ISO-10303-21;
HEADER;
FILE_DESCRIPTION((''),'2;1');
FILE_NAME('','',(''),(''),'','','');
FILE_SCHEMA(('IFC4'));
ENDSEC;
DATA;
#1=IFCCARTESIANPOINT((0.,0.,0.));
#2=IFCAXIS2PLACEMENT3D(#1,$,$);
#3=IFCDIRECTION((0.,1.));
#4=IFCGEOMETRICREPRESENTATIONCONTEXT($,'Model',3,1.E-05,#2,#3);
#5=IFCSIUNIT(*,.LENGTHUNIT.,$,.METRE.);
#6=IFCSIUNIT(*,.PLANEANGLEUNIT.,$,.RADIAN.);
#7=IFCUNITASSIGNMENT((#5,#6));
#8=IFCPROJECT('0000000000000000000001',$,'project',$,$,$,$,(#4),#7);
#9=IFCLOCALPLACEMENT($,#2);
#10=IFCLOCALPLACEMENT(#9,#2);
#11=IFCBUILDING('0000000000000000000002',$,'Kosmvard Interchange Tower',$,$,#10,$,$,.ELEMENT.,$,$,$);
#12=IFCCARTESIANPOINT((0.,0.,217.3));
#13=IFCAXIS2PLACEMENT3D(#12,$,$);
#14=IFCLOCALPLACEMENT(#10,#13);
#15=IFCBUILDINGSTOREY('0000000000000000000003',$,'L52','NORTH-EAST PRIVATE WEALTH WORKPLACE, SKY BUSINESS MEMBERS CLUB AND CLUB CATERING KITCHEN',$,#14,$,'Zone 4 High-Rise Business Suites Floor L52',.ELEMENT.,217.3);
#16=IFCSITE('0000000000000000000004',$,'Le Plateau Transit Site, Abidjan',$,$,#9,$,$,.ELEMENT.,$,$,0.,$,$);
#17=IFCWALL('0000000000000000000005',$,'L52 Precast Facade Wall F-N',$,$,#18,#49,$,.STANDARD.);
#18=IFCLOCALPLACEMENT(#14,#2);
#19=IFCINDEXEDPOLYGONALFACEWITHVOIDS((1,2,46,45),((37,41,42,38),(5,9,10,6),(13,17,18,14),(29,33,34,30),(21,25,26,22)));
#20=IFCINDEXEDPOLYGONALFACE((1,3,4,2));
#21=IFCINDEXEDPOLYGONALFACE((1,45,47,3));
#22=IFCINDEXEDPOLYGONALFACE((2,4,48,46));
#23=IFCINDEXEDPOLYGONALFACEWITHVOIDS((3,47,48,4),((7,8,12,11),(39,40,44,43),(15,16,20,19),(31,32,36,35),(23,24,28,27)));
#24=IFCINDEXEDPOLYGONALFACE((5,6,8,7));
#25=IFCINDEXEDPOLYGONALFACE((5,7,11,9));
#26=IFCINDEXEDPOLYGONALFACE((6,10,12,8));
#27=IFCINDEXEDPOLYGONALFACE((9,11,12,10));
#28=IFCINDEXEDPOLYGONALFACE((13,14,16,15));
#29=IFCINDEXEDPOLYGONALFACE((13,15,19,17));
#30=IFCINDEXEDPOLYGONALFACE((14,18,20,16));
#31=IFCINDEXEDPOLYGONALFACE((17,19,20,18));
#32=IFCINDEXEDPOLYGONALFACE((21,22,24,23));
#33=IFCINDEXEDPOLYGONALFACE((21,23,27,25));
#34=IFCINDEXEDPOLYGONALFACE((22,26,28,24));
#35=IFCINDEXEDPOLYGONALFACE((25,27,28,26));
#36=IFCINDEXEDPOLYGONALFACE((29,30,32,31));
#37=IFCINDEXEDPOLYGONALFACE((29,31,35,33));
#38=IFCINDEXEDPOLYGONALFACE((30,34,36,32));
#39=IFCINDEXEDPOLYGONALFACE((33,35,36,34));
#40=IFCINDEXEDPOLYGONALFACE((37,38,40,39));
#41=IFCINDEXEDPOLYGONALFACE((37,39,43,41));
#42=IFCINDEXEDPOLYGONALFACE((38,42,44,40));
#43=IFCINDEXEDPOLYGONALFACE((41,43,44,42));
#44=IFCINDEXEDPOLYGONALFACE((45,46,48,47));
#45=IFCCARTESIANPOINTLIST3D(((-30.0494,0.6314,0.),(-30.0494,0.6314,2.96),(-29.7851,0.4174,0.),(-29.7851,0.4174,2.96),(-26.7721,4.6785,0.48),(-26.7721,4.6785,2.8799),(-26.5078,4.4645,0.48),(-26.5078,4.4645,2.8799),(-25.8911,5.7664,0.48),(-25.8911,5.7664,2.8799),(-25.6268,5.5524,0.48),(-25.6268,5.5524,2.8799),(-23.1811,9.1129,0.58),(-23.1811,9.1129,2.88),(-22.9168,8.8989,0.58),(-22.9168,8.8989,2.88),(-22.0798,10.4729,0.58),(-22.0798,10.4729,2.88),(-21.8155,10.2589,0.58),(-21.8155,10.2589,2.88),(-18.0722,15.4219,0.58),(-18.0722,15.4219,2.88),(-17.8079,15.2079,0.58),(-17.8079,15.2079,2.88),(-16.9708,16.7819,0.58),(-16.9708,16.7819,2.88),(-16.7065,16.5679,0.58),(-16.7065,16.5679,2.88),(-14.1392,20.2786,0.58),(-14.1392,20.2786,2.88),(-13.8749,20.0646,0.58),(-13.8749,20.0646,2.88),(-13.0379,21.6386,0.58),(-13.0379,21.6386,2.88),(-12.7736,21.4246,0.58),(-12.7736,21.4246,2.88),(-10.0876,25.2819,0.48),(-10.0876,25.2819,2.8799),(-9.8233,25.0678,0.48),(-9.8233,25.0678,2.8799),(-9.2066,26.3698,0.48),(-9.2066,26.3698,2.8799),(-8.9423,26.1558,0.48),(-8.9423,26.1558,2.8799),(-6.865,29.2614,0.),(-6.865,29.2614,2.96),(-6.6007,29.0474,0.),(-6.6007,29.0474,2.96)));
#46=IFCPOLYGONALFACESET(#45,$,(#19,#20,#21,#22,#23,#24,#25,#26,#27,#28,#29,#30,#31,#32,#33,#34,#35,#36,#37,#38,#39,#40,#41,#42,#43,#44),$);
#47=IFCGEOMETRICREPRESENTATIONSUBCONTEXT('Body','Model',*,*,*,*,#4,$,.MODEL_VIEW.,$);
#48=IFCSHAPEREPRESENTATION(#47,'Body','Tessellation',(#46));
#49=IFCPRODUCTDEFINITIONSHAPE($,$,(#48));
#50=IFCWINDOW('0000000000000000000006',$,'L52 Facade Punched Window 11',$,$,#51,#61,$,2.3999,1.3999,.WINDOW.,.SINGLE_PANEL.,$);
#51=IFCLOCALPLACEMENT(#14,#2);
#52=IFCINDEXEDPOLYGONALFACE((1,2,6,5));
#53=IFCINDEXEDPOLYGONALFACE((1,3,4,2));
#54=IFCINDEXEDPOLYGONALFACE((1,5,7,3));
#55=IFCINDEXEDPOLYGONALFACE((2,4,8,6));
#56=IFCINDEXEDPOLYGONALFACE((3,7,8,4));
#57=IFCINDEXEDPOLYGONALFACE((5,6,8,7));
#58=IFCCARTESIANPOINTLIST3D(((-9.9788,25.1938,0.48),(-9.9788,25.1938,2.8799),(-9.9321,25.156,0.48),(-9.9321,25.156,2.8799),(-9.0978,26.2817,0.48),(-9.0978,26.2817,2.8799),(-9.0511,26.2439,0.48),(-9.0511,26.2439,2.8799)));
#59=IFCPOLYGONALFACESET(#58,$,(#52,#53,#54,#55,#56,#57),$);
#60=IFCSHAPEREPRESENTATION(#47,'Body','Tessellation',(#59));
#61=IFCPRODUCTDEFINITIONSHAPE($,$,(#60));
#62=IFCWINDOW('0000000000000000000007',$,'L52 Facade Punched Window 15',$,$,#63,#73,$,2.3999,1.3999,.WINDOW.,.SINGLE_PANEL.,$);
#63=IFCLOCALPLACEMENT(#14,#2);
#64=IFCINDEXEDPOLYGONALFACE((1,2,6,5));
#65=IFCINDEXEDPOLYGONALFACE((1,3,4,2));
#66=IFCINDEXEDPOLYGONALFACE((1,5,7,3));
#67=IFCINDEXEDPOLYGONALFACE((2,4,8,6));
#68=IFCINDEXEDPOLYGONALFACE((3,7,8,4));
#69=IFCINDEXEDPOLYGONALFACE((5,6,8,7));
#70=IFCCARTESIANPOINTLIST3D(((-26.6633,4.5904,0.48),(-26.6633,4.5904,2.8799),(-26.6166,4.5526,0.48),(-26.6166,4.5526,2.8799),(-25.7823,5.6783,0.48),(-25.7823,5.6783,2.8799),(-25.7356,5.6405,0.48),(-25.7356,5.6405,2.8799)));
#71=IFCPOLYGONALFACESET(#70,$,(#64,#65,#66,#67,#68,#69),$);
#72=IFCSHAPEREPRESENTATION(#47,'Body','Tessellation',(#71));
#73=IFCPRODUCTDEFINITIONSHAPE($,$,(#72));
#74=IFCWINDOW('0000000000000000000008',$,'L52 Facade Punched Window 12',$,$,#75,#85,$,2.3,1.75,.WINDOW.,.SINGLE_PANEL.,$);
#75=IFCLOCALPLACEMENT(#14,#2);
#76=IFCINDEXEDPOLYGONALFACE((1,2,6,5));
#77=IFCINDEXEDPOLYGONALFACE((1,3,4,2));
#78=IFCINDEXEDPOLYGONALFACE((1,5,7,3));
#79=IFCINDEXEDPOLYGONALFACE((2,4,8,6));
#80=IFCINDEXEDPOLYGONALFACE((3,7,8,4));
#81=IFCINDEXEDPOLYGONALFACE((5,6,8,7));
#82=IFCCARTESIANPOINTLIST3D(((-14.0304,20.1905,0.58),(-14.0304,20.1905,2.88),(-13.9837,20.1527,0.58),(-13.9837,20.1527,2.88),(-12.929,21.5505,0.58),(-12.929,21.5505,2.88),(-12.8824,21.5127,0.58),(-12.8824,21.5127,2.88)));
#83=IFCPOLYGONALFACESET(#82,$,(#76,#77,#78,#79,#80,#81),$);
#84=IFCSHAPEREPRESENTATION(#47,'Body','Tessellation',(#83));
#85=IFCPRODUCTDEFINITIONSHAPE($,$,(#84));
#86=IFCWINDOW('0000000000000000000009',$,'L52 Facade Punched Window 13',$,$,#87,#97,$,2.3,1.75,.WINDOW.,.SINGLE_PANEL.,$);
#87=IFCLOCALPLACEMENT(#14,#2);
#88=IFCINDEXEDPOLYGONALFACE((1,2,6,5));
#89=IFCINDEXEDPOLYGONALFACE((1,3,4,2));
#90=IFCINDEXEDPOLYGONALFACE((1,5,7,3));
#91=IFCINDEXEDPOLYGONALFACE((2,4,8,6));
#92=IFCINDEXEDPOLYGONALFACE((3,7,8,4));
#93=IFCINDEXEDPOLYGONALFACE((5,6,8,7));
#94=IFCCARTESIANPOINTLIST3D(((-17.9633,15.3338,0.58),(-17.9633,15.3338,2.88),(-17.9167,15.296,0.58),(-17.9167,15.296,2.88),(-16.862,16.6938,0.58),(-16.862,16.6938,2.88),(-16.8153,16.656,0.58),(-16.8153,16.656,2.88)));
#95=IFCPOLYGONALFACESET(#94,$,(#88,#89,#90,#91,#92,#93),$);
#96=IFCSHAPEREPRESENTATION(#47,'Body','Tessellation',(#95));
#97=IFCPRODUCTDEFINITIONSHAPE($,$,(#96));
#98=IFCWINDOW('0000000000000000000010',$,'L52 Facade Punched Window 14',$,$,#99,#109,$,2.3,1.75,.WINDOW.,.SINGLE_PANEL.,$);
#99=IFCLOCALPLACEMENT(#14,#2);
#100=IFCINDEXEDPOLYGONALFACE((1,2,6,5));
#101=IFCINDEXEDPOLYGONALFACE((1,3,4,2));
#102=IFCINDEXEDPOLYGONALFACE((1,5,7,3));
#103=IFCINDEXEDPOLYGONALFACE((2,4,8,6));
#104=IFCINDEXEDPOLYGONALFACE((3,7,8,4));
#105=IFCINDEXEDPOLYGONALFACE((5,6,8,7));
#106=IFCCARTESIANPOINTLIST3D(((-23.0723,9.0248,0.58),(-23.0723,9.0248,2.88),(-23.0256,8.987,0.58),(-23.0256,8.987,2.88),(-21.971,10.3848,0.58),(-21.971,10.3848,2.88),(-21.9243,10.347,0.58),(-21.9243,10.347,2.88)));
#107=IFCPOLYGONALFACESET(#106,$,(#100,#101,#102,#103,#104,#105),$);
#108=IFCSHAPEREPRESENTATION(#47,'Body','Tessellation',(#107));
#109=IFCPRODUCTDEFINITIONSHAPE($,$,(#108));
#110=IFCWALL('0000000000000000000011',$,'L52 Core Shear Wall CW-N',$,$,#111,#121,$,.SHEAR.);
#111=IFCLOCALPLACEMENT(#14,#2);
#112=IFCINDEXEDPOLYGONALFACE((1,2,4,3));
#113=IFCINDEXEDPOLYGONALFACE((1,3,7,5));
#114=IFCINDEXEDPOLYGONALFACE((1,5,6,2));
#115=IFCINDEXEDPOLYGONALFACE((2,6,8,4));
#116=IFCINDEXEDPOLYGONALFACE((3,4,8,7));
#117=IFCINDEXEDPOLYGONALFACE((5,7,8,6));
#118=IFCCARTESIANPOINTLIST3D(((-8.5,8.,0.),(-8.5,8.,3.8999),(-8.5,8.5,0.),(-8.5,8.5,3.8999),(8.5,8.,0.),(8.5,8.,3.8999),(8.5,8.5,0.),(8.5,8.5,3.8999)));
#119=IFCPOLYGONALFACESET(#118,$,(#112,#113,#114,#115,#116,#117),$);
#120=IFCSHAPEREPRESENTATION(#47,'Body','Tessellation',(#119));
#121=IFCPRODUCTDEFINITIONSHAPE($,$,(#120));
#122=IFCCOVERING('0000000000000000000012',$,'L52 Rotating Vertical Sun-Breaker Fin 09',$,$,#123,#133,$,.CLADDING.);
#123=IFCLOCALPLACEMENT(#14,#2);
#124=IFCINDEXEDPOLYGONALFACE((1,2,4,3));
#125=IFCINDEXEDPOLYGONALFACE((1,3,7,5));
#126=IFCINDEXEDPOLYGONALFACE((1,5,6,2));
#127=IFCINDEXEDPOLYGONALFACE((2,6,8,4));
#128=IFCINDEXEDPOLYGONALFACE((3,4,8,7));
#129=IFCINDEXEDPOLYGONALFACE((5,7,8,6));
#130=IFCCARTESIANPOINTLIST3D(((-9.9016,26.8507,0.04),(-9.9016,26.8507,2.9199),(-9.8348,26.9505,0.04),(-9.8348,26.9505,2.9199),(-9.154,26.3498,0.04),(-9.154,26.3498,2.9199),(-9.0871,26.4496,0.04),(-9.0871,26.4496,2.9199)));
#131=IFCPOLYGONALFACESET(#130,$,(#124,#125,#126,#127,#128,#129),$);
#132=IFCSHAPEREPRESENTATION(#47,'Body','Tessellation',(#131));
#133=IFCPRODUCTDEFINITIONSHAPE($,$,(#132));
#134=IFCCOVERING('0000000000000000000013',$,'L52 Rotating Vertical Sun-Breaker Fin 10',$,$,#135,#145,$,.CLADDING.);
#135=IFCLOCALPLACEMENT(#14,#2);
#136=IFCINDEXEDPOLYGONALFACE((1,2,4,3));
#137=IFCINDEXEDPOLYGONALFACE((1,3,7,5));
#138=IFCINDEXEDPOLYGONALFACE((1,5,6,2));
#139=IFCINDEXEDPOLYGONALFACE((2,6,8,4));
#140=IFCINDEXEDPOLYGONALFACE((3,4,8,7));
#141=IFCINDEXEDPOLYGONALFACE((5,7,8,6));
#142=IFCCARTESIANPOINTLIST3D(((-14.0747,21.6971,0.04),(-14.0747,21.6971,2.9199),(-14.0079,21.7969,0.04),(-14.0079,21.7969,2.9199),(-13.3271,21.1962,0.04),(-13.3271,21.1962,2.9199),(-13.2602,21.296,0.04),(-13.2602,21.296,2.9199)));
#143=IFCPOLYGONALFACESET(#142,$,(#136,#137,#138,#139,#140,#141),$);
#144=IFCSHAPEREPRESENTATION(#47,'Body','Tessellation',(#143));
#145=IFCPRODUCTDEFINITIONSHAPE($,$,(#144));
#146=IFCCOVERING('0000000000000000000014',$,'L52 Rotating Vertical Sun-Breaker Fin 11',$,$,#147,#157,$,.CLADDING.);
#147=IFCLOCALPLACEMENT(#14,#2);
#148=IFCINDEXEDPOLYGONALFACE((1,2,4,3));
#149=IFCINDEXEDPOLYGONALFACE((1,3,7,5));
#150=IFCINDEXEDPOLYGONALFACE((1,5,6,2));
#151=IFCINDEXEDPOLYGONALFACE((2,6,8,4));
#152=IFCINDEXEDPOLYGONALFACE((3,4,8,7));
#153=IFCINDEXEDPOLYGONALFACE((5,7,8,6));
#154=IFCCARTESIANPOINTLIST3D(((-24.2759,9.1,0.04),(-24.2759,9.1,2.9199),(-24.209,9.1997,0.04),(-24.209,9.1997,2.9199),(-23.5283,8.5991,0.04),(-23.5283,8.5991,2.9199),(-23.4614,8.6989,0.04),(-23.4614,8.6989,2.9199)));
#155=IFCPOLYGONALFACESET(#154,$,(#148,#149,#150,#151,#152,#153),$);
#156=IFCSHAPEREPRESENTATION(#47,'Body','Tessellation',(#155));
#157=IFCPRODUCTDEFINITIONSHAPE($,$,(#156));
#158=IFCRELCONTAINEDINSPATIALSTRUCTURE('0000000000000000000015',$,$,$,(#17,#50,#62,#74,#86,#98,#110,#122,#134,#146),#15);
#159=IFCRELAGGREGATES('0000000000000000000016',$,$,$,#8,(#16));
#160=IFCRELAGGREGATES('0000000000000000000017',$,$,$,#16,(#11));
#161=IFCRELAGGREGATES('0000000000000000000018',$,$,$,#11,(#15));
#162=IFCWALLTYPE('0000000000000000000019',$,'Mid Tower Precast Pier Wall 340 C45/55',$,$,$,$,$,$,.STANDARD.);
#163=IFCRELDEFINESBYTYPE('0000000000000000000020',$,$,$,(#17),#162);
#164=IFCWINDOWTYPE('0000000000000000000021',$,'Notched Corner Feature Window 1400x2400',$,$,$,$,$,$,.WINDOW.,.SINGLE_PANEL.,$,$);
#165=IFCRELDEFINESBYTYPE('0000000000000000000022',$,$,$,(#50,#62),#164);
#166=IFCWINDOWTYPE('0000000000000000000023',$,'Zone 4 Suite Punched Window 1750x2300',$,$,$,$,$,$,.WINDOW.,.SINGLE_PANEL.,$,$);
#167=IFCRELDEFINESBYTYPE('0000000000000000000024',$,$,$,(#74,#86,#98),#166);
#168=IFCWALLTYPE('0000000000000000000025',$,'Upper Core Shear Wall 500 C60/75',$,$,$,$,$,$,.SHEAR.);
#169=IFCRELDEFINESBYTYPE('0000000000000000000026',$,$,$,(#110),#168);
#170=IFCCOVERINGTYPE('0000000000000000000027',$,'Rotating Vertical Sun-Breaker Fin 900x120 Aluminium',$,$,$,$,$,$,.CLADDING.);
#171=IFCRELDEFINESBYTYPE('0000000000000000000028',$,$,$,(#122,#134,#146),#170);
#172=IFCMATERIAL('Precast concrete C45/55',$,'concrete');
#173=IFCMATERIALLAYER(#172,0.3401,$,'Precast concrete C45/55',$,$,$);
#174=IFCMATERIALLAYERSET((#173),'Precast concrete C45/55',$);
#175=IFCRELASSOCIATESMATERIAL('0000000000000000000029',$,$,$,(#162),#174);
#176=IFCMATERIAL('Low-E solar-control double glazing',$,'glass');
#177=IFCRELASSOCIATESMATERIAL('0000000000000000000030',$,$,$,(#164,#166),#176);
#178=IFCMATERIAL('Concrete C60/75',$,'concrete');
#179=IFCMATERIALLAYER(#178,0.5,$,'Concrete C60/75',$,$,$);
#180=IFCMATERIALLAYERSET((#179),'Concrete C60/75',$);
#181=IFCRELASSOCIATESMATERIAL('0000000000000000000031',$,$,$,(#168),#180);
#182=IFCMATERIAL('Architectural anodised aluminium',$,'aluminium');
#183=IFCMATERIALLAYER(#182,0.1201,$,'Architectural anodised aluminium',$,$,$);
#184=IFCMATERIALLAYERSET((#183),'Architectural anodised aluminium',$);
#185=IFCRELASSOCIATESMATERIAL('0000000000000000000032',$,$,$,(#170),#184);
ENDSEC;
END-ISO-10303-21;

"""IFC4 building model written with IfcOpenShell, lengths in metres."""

from ifc_helpers import new_model, si_unit, direction, frame, frame_2d, origin, origin_2d, place, context, subcontext, project, spatial, rectangle, extrude, source, transform, mapped, material, layer, layer_set, type_object, element, fill, save


model = new_model("IFC4")

# Units and contexts
model_context = context("Model", 3, precision=1e-05, world=origin(), true_north=direction((0.0, 1.0)))
body_context = subcontext(model_context, "Body", "Model", "MODEL_VIEW")
ifc_project = project(units=[si_unit("LENGTHUNIT", "METRE"), si_unit("PLANEANGLEUNIT", "RADIAN")], contexts=[model_context])

# Site, building, storey
site_placement = place(None, origin())
site = spatial("IfcSite", under=ifc_project, at=site_placement, Name="Le Plateau Transit Site, Abidjan", CompositionType="ELEMENT", RefElevation=0.0)
building_placement = place(site_placement, origin())
building = spatial("IfcBuilding", under=site, at=building_placement, Name="Kosmvard Interchange Tower", CompositionType="ELEMENT")
storey_placement = place(building_placement, frame((0.0, 0.0, 217.3)))
storey = spatial("IfcBuildingStorey", under=building, at=storey_placement, Name="L52", Description="NORTH-EAST PRIVATE WEALTH WORKPLACE, SKY BUSINESS MEMBERS CLUB AND CLUB CATERING KITCHEN", LongName="Zone 4 High-Rise Business Suites Floor L52", CompositionType="ELEMENT", Elevation=217.3)

# Shared definitions
ifc_material_1 = material(Name="Concrete C60/75", Category="concrete")

# Shared definitions
ifc_material_2 = material(Name="Precast concrete C45/55", Category="concrete")
ifc_layer_1 = layer(ifc_material_2, 0.3401, Name="Precast concrete C45/55")
ifc_layer_set_1 = layer_set([ifc_layer_1], Name="Precast concrete C45/55")
wall_type_1 = type_object("IfcWallType", Name="Mid Tower Precast Pier Wall 340 C45/55", PredefinedType="STANDARD", material=ifc_layer_set_1)

# Wall, openings, windows
wall_1_placement = place(storey_placement, frame((-6.7329, 29.1543, 0.0), z_axis=(0.0, 0.0, 1.0), x_axis=(-0.629325, -0.777142, 0.0)))
wall_1 = element("IfcWall", 1, at=wall_1_placement, inside=storey, type_object=wall_type_1, Name="L52 Precast Facade Wall F-N", PredefinedType="STANDARD", context=body_context, shape_type="SweptSolid", body=[
    extrude(rectangle(XDim=36.8401, YDim=0.3401, at=frame_2d((18.4199, 0.0))), origin(), (0.0, 0.0, 1.0), 2.96),
])
opening_1_placement = place(wall_1_placement, frame((3.7207, 0.0, 0.48)))
opening_1 = element("IfcOpeningElement", 2, at=opening_1_placement, cuts=wall_1, PredefinedType="OPENING", context=body_context, shape_type="SweptSolid", body=[
    extrude(rectangle(XDim=1.3999, YDim=2.3999, at=frame_2d((0.7, 1.2))), frame((0.0, 0.1802, 0.0), z_axis=(0.0, -1.0, 0.0), x_axis=(1.0, 0.0, 0.0)), (0.0, 0.0, 1.0), 0.3601),
])
opening_2_placement = place(wall_1_placement, frame((9.8086, 0.0, 0.5801)))
opening_2 = element("IfcOpeningElement", 3, at=opening_2_placement, cuts=wall_1, PredefinedType="OPENING", context=body_context, shape_type="SweptSolid", body=[
    extrude(rectangle(XDim=1.75, YDim=2.3, at=frame_2d((0.875, 1.1499))), frame((0.0, 0.1802, 0.0), z_axis=(0.0, -1.0, 0.0), x_axis=(1.0, 0.0, 0.0)), (0.0, 0.0, 1.0), 0.3601),
])
opening_3_placement = place(wall_1_placement, frame((16.0581, 0.0, 0.5801)))
opening_3 = element("IfcOpeningElement", 4, at=opening_3_placement, cuts=wall_1, PredefinedType="OPENING", context=body_context, shape_type="SweptSolid", body=[
    extrude(rectangle(XDim=1.75, YDim=2.3, at=frame_2d((0.875, 1.1499))), frame((0.0, 0.1802, 0.0), z_axis=(0.0, -1.0, 0.0), x_axis=(1.0, 0.0, 0.0)), (0.0, 0.0, 1.0), 0.3601),
])
opening_4_placement = place(wall_1_placement, frame((24.1763, 0.0, 0.5801)))
opening_4 = element("IfcOpeningElement", 5, at=opening_4_placement, cuts=wall_1, PredefinedType="OPENING", context=body_context, shape_type="SweptSolid", body=[
    extrude(rectangle(XDim=1.75, YDim=2.3, at=frame_2d((0.875, 1.1499))), frame((0.0, 0.1802, 0.0), z_axis=(0.0, -1.0, 0.0), x_axis=(1.0, 0.0, 0.0)), (0.0, 0.0, 1.0), 0.3601),
])
opening_5_placement = place(wall_1_placement, frame((30.2324, 0.0, 0.48)))
opening_5 = element("IfcOpeningElement", 6, at=opening_5_placement, cuts=wall_1, PredefinedType="OPENING", context=body_context, shape_type="SweptSolid", body=[
    extrude(rectangle(XDim=1.3999, YDim=2.3999, at=frame_2d((0.7, 1.2))), frame((0.0, 0.1802, 0.0), z_axis=(0.0, -1.0, 0.0), x_axis=(1.0, 0.0, 0.0)), (0.0, 0.0, 1.0), 0.3601),
])
ifc_material_3 = material(Name="Low-E solar-control double glazing", Category="glass")
window_type_1 = type_object("IfcWindowType", Name="Notched Corner Feature Window 1400x2400", PartitioningType="SINGLE_PANEL", PredefinedType="WINDOW", material=ifc_material_3)
shared_shape_1 = source(origin(), body_context, "Body", "SweptSolid", [
    extrude(rectangle(XDim=1.3999, YDim=2.3999, at=frame_2d((0.7, 1.2))), frame((0.0, 0.03, 0.0), z_axis=(0.0, -1.0, 0.0), x_axis=(1.0, 0.0, 0.0)), (0.0, 0.0, 1.0), 0.0601),
])
window_1_placement = place(opening_1_placement, origin())
window_1 = element("IfcWindow", 7, at=window_1_placement, inside=storey, type_object=window_type_1, Name="L52 Facade Punched Window 11", OverallHeight=2.3999, OverallWidth=1.3999, PartitioningType="SINGLE_PANEL", PredefinedType="WINDOW", context=body_context, shape_type="MappedRepresentation", body=[
    mapped(shared_shape_1, transform((0.0, 0.0, 0.0), scale=1.0)),
])
fill(opening_1, window_1)
window_2_placement = place(opening_5_placement, origin())
window_2 = element("IfcWindow", 8, at=window_2_placement, inside=storey, type_object=window_type_1, Name="L52 Facade Punched Window 15", OverallHeight=2.3999, OverallWidth=1.3999, PartitioningType="SINGLE_PANEL", PredefinedType="WINDOW", context=body_context, shape_type="MappedRepresentation", body=[
    mapped(shared_shape_1, transform((0.0, 0.0, 0.0), scale=1.0)),
])
fill(opening_5, window_2)
window_type_2 = type_object("IfcWindowType", Name="Zone 4 Suite Punched Window 1750x2300", PartitioningType="SINGLE_PANEL", PredefinedType="WINDOW", material=ifc_material_3)
shared_shape_2 = source(origin(), body_context, "Body", "SweptSolid", [
    extrude(rectangle(XDim=1.75, YDim=2.3, at=frame_2d((0.875, 1.1499))), frame((0.0, 0.03, 0.0), z_axis=(0.0, -1.0, 0.0), x_axis=(1.0, 0.0, 0.0)), (0.0, 0.0, 1.0), 0.0601),
])
window_3_placement = place(opening_2_placement, origin())
window_3 = element("IfcWindow", 9, at=window_3_placement, inside=storey, type_object=window_type_2, Name="L52 Facade Punched Window 12", OverallHeight=2.3, OverallWidth=1.75, PartitioningType="SINGLE_PANEL", PredefinedType="WINDOW", context=body_context, shape_type="MappedRepresentation", body=[
    mapped(shared_shape_2, transform((0.0, 0.0, 0.0), scale=1.0)),
])
fill(opening_2, window_3)
window_4_placement = place(opening_3_placement, origin())
window_4 = element("IfcWindow", 10, at=window_4_placement, inside=storey, type_object=window_type_2, Name="L52 Facade Punched Window 13", OverallHeight=2.3, OverallWidth=1.75, PartitioningType="SINGLE_PANEL", PredefinedType="WINDOW", context=body_context, shape_type="MappedRepresentation", body=[
    mapped(shared_shape_2, transform((0.0, 0.0, 0.0), scale=1.0)),
])
fill(opening_3, window_4)
window_5_placement = place(opening_4_placement, origin())
window_5 = element("IfcWindow", 11, at=window_5_placement, inside=storey, type_object=window_type_2, Name="L52 Facade Punched Window 14", OverallHeight=2.3, OverallWidth=1.75, PartitioningType="SINGLE_PANEL", PredefinedType="WINDOW", context=body_context, shape_type="MappedRepresentation", body=[
    mapped(shared_shape_2, transform((0.0, 0.0, 0.0), scale=1.0)),
])
fill(opening_4, window_5)

# Wall
ifc_layer_2 = layer(ifc_material_1, 0.5, Name="Concrete C60/75")
ifc_layer_set_2 = layer_set([ifc_layer_2], Name="Concrete C60/75")
wall_type_2 = type_object("IfcWallType", Name="Upper Core Shear Wall 500 C60/75", PredefinedType="SHEAR", material=ifc_layer_set_2)
wall_2_placement = place(storey_placement, frame((-8.5, 8.25, 0.0), z_axis=(0.0, 0.0, 1.0), x_axis=(1.0, 0.0, 0.0)))
element("IfcWall", 12, at=wall_2_placement, inside=storey, type_object=wall_type_2, Name="L52 Core Shear Wall CW-N", PredefinedType="SHEAR", context=body_context, shape_type="SweptSolid", body=[
    extrude(rectangle(XDim=17.0, YDim=0.5, at=frame_2d((8.5, 0.0))), origin(), (0.0, 0.0, 1.0), 3.8999),
])

# Coverings
ifc_material_4 = material(Name="Architectural anodised aluminium", Category="aluminium")
ifc_layer_3 = layer(ifc_material_4, 0.1201, Name="Architectural anodised aluminium")
ifc_layer_set_3 = layer_set([ifc_layer_3], Name="Architectural anodised aluminium")
covering_type = type_object("IfcCoveringType", Name="Rotating Vertical Sun-Breaker Fin 900x120 Aluminium", PredefinedType="CLADDING", material=ifc_layer_set_3)
shared_shape_3 = source(origin(), body_context, "Body", "SweptSolid", [
    extrude(rectangle(XDim=0.8999, YDim=0.1201, at=origin_2d()), origin(), (0.0, 0.0, 1.0), 2.8799),
])
for number, where, z_axis, x_axis, name in (
    (13, (-9.4944, 26.6501, 0.04), (0.0, 0.0, 1.0), (-0.83079, 0.556586, 0.0), "L52 Rotating Vertical Sun-Breaker Fin 09"),
    (14, (-13.6675, 21.4966, 0.04), (0.0, 0.0, 1.0), (-0.83079, 0.556586, 0.0), "L52 Rotating Vertical Sun-Breaker Fin 10"),
    (15, (-23.8687, 8.8994, 0.04), (0.0, 0.0, 1.0), (-0.83079, 0.556586, 0.0), "L52 Rotating Vertical Sun-Breaker Fin 11"),
):
    element("IfcCovering", number, at=place(storey_placement, frame(where, z_axis=z_axis, x_axis=x_axis)), inside=storey, type_object=covering_type, Name=name, PredefinedType="CLADDING", context=body_context, shape_type="MappedRepresentation", body=[
        mapped(shared_shape_3, transform((0.0, 0.0, 0.0), scale=1.0)),
    ])

save(model, "model.ifc")
